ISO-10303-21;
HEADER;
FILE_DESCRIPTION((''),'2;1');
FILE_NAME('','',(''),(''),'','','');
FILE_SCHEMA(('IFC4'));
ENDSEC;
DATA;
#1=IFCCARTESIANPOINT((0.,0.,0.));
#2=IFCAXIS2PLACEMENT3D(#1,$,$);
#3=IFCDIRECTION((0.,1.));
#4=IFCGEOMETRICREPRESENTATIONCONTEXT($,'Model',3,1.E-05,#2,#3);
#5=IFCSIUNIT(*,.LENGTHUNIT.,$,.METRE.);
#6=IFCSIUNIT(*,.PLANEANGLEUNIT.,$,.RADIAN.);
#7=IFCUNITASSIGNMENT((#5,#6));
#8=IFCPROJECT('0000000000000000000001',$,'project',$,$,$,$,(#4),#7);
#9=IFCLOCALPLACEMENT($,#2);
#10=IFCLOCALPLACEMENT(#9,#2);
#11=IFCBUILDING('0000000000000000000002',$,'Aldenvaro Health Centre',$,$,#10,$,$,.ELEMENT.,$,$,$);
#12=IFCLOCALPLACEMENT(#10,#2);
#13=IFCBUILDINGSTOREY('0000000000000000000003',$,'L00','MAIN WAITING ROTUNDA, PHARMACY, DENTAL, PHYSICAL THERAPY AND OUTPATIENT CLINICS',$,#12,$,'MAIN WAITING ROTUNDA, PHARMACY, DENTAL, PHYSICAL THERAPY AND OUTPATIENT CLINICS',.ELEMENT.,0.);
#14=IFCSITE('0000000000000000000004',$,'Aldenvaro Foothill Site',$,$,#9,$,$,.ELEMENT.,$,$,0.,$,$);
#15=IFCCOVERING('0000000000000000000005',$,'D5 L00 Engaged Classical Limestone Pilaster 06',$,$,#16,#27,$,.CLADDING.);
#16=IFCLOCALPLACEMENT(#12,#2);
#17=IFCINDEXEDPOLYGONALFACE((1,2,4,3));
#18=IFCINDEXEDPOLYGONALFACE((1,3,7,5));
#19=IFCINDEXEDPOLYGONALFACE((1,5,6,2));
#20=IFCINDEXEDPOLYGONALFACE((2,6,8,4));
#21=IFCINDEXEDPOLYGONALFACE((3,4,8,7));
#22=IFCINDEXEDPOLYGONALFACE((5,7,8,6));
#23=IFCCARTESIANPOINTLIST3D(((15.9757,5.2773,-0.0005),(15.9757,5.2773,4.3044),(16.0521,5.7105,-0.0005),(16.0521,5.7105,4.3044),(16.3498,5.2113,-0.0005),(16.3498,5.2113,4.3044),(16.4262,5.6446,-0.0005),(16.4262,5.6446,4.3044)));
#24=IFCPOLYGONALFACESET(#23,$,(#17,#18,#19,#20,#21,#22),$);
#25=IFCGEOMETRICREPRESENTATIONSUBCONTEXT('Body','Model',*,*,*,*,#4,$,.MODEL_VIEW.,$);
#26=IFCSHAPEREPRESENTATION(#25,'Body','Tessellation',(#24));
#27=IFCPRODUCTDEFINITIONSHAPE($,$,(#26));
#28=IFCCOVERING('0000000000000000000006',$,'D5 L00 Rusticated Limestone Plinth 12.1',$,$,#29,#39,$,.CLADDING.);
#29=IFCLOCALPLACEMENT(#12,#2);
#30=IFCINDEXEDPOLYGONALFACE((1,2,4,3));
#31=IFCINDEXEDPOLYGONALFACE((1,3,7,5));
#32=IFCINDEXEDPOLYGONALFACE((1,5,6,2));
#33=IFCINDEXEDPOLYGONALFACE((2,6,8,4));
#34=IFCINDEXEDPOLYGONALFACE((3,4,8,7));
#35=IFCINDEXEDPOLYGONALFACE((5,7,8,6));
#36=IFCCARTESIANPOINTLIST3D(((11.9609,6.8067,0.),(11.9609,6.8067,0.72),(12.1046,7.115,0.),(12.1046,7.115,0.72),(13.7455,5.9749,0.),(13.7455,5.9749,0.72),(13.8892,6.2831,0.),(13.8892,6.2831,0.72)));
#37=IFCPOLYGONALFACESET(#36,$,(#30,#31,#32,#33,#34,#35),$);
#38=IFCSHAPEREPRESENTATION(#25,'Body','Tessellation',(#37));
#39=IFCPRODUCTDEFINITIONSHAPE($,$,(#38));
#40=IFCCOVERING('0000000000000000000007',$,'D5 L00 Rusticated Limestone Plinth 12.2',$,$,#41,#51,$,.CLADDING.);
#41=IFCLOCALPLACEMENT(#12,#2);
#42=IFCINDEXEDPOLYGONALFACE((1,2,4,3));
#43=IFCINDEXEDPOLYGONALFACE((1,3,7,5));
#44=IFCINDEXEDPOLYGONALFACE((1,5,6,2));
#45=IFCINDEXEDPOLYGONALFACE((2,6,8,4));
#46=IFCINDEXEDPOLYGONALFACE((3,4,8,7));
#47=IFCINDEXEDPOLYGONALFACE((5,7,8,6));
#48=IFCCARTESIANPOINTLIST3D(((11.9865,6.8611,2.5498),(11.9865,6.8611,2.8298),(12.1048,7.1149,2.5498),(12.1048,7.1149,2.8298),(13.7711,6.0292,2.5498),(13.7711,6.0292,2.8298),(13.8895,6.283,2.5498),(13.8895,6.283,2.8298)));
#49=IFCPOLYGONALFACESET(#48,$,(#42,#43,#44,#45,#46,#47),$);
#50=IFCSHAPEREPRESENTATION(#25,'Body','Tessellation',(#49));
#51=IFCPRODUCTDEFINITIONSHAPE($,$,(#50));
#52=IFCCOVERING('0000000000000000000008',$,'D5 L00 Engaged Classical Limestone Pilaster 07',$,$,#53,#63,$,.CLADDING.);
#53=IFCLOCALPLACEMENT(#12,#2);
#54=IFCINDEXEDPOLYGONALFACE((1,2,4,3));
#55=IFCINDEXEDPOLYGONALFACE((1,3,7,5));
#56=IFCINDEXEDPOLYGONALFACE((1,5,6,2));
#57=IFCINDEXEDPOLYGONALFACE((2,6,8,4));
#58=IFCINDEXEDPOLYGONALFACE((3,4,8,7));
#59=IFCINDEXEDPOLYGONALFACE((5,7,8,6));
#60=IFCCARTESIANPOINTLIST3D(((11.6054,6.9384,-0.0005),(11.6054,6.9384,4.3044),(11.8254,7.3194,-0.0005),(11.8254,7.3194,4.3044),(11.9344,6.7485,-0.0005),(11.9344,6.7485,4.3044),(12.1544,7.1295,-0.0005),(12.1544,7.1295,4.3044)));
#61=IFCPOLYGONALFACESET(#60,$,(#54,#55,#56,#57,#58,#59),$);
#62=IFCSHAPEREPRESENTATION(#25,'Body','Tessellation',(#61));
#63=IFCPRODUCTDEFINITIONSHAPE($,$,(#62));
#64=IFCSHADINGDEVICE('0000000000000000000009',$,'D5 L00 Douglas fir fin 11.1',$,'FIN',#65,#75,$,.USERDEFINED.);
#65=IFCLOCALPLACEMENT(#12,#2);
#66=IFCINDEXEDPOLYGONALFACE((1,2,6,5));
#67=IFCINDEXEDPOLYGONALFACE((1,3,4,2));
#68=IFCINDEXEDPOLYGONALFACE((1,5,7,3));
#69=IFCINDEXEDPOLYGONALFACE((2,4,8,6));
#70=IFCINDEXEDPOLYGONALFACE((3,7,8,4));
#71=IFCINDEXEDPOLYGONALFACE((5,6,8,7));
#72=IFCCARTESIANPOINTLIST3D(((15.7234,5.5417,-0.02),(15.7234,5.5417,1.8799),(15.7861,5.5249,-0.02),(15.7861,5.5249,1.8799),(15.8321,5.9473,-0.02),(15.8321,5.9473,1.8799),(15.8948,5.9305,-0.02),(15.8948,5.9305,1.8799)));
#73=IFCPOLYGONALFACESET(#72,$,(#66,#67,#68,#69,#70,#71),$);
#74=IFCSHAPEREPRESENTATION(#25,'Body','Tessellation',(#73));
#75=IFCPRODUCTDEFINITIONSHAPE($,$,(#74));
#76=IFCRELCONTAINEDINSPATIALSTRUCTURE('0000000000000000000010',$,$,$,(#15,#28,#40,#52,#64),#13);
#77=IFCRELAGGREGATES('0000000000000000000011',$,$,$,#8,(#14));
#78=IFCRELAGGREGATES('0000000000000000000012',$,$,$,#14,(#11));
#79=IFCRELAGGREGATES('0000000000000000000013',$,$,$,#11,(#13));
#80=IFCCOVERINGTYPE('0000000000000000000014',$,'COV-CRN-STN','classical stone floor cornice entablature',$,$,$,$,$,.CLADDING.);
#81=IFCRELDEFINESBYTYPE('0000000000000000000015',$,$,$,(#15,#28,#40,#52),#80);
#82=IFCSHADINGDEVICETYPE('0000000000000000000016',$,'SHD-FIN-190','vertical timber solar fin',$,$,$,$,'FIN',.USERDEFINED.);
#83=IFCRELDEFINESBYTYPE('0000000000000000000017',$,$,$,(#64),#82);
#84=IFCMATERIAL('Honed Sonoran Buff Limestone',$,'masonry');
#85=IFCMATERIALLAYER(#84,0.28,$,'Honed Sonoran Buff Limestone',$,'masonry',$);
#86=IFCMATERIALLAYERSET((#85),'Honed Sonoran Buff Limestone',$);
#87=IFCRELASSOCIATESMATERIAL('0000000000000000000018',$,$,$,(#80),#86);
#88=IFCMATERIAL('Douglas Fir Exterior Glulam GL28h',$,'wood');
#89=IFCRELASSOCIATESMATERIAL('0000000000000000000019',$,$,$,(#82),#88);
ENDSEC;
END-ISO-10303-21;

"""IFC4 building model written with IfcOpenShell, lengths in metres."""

from ifc_helpers import new_model, si_unit, direction, frame, origin, origin_2d, place, context, subcontext, project, spatial, rectangle, extrude, material, layer, layer_set, type_object, element, save


model = new_model("IFC4")

# Units and contexts
model_context = context("Model", 3, precision=1e-05, world=origin(), true_north=direction((0.0, 1.0)))
body_context = subcontext(model_context, "Body", "Model", "MODEL_VIEW")
ifc_project = project(units=[si_unit("LENGTHUNIT", "METRE"), si_unit("PLANEANGLEUNIT", "RADIAN")], contexts=[model_context])

# Site, building, storey
site_placement = place(None, origin())
site = spatial("IfcSite", under=ifc_project, at=site_placement, Name="Aldenvaro Foothill Site", CompositionType="ELEMENT", RefElevation=0.0)
building_placement = place(site_placement, origin())
building = spatial("IfcBuilding", under=site, at=building_placement, Name="Aldenvaro Health Centre", CompositionType="ELEMENT")
storey_placement = place(building_placement, origin())
storey = spatial("IfcBuildingStorey", under=building, at=storey_placement, Name="L00", Description="MAIN WAITING ROTUNDA, PHARMACY, DENTAL, PHYSICAL THERAPY AND OUTPATIENT CLINICS", LongName="MAIN WAITING ROTUNDA, PHARMACY, DENTAL, PHYSICAL THERAPY AND OUTPATIENT CLINICS", CompositionType="ELEMENT", Elevation=0.0)

# Coverings
ifc_material_1 = material(Name="Honed Sonoran Buff Limestone", Category="masonry")
ifc_layer_1 = layer(ifc_material_1, 0.28, Name="Honed Sonoran Buff Limestone", Category="masonry")
ifc_layer_set_1 = layer_set([ifc_layer_1], Name="Honed Sonoran Buff Limestone")
covering_type = type_object("IfcCoveringType", Name="COV-CRN-STN", Description="classical stone floor cornice entablature", PredefinedType="CLADDING", material=ifc_layer_set_1)
covering_1_placement = place(storey_placement, frame((16.2009, 5.4609, -0.0005), z_axis=(0.0, 0.0, 1.0), x_axis=(-0.173644, -0.984809, 0.0)))
element("IfcCovering", 1, at=covering_1_placement, inside=storey, type_object=covering_type, Name="D5 L00 Engaged Classical Limestone Pilaster 06", PredefinedType="CLADDING", context=body_context, shape_type="SweptSolid", body=[
    extrude(rectangle(XDim=0.4399, YDim=0.3799, at=origin_2d()), origin(), (0.0, 0.0, 1.0), 4.3049),
])
covering_2_placement = place(storey_placement, frame((12.925, 6.5449, 0.0), z_axis=(0.0, 0.0, 1.0), x_axis=(-0.906365, 0.422496, 0.0)))
element("IfcCovering", 2, at=covering_2_placement, inside=storey, type_object=covering_type, Name="D5 L00 Rusticated Limestone Plinth 12.1", PredefinedType="CLADDING", context=body_context, shape_type="SweptSolid", body=[
    extrude(rectangle(XDim=1.969, YDim=0.3401, at=origin_2d()), origin(), (0.0, 0.0, 1.0), 0.72),
])
covering_3_placement = place(storey_placement, frame((12.938, 6.572, 2.5498), z_axis=(0.0, 0.0, 1.0), x_axis=(-0.906365, 0.422496, 0.0)))
element("IfcCovering", 3, at=covering_3_placement, inside=storey, type_object=covering_type, Name="D5 L00 Rusticated Limestone Plinth 12.2", PredefinedType="CLADDING", context=body_context, shape_type="SweptSolid", body=[
    extrude(rectangle(XDim=1.969, YDim=0.28, at=origin_2d()), origin(), (0.0, 0.0, 1.0), 0.28),
])
covering_4_placement = place(storey_placement, frame((11.8799, 7.0339, -0.0005), z_axis=(0.0, 0.0, 1.0), x_axis=(-0.499991, -0.866031, 0.0)))
element("IfcCovering", 4, at=covering_4_placement, inside=storey, type_object=covering_type, Name="D5 L00 Engaged Classical Limestone Pilaster 07", PredefinedType="CLADDING", context=body_context, shape_type="SweptSolid", body=[
    extrude(rectangle(XDim=0.4399, YDim=0.3799, at=origin_2d()), origin(), (0.0, 0.0, 1.0), 4.3049),
])

# Shading device
ifc_material_2 = material(Name="Douglas Fir Exterior Glulam GL28h", Category="wood")
shading_device_type = type_object("IfcShadingDeviceType", Name="SHD-FIN-190", Description="vertical timber solar fin", ElementType="FIN", PredefinedType="USERDEFINED", material=ifc_material_2)
shading_device_placement = place(storey_placement, frame((15.8091, 5.7361, -0.02), z_axis=(0.0, 0.0, 1.0), x_axis=(-0.965924, 0.258825, 0.0)))
element("IfcShadingDevice", 5, at=shading_device_placement, inside=storey, type_object=shading_device_type, Name="D5 L00 Douglas fir fin 11.1", ObjectType="FIN", PredefinedType="USERDEFINED", context=body_context, shape_type="SweptSolid", body=[
    extrude(rectangle(XDim=0.0649, YDim=0.4199, at=origin_2d()), origin(), (0.0, 0.0, 1.0), 1.8999),
])

save(model, "model.ifc")
